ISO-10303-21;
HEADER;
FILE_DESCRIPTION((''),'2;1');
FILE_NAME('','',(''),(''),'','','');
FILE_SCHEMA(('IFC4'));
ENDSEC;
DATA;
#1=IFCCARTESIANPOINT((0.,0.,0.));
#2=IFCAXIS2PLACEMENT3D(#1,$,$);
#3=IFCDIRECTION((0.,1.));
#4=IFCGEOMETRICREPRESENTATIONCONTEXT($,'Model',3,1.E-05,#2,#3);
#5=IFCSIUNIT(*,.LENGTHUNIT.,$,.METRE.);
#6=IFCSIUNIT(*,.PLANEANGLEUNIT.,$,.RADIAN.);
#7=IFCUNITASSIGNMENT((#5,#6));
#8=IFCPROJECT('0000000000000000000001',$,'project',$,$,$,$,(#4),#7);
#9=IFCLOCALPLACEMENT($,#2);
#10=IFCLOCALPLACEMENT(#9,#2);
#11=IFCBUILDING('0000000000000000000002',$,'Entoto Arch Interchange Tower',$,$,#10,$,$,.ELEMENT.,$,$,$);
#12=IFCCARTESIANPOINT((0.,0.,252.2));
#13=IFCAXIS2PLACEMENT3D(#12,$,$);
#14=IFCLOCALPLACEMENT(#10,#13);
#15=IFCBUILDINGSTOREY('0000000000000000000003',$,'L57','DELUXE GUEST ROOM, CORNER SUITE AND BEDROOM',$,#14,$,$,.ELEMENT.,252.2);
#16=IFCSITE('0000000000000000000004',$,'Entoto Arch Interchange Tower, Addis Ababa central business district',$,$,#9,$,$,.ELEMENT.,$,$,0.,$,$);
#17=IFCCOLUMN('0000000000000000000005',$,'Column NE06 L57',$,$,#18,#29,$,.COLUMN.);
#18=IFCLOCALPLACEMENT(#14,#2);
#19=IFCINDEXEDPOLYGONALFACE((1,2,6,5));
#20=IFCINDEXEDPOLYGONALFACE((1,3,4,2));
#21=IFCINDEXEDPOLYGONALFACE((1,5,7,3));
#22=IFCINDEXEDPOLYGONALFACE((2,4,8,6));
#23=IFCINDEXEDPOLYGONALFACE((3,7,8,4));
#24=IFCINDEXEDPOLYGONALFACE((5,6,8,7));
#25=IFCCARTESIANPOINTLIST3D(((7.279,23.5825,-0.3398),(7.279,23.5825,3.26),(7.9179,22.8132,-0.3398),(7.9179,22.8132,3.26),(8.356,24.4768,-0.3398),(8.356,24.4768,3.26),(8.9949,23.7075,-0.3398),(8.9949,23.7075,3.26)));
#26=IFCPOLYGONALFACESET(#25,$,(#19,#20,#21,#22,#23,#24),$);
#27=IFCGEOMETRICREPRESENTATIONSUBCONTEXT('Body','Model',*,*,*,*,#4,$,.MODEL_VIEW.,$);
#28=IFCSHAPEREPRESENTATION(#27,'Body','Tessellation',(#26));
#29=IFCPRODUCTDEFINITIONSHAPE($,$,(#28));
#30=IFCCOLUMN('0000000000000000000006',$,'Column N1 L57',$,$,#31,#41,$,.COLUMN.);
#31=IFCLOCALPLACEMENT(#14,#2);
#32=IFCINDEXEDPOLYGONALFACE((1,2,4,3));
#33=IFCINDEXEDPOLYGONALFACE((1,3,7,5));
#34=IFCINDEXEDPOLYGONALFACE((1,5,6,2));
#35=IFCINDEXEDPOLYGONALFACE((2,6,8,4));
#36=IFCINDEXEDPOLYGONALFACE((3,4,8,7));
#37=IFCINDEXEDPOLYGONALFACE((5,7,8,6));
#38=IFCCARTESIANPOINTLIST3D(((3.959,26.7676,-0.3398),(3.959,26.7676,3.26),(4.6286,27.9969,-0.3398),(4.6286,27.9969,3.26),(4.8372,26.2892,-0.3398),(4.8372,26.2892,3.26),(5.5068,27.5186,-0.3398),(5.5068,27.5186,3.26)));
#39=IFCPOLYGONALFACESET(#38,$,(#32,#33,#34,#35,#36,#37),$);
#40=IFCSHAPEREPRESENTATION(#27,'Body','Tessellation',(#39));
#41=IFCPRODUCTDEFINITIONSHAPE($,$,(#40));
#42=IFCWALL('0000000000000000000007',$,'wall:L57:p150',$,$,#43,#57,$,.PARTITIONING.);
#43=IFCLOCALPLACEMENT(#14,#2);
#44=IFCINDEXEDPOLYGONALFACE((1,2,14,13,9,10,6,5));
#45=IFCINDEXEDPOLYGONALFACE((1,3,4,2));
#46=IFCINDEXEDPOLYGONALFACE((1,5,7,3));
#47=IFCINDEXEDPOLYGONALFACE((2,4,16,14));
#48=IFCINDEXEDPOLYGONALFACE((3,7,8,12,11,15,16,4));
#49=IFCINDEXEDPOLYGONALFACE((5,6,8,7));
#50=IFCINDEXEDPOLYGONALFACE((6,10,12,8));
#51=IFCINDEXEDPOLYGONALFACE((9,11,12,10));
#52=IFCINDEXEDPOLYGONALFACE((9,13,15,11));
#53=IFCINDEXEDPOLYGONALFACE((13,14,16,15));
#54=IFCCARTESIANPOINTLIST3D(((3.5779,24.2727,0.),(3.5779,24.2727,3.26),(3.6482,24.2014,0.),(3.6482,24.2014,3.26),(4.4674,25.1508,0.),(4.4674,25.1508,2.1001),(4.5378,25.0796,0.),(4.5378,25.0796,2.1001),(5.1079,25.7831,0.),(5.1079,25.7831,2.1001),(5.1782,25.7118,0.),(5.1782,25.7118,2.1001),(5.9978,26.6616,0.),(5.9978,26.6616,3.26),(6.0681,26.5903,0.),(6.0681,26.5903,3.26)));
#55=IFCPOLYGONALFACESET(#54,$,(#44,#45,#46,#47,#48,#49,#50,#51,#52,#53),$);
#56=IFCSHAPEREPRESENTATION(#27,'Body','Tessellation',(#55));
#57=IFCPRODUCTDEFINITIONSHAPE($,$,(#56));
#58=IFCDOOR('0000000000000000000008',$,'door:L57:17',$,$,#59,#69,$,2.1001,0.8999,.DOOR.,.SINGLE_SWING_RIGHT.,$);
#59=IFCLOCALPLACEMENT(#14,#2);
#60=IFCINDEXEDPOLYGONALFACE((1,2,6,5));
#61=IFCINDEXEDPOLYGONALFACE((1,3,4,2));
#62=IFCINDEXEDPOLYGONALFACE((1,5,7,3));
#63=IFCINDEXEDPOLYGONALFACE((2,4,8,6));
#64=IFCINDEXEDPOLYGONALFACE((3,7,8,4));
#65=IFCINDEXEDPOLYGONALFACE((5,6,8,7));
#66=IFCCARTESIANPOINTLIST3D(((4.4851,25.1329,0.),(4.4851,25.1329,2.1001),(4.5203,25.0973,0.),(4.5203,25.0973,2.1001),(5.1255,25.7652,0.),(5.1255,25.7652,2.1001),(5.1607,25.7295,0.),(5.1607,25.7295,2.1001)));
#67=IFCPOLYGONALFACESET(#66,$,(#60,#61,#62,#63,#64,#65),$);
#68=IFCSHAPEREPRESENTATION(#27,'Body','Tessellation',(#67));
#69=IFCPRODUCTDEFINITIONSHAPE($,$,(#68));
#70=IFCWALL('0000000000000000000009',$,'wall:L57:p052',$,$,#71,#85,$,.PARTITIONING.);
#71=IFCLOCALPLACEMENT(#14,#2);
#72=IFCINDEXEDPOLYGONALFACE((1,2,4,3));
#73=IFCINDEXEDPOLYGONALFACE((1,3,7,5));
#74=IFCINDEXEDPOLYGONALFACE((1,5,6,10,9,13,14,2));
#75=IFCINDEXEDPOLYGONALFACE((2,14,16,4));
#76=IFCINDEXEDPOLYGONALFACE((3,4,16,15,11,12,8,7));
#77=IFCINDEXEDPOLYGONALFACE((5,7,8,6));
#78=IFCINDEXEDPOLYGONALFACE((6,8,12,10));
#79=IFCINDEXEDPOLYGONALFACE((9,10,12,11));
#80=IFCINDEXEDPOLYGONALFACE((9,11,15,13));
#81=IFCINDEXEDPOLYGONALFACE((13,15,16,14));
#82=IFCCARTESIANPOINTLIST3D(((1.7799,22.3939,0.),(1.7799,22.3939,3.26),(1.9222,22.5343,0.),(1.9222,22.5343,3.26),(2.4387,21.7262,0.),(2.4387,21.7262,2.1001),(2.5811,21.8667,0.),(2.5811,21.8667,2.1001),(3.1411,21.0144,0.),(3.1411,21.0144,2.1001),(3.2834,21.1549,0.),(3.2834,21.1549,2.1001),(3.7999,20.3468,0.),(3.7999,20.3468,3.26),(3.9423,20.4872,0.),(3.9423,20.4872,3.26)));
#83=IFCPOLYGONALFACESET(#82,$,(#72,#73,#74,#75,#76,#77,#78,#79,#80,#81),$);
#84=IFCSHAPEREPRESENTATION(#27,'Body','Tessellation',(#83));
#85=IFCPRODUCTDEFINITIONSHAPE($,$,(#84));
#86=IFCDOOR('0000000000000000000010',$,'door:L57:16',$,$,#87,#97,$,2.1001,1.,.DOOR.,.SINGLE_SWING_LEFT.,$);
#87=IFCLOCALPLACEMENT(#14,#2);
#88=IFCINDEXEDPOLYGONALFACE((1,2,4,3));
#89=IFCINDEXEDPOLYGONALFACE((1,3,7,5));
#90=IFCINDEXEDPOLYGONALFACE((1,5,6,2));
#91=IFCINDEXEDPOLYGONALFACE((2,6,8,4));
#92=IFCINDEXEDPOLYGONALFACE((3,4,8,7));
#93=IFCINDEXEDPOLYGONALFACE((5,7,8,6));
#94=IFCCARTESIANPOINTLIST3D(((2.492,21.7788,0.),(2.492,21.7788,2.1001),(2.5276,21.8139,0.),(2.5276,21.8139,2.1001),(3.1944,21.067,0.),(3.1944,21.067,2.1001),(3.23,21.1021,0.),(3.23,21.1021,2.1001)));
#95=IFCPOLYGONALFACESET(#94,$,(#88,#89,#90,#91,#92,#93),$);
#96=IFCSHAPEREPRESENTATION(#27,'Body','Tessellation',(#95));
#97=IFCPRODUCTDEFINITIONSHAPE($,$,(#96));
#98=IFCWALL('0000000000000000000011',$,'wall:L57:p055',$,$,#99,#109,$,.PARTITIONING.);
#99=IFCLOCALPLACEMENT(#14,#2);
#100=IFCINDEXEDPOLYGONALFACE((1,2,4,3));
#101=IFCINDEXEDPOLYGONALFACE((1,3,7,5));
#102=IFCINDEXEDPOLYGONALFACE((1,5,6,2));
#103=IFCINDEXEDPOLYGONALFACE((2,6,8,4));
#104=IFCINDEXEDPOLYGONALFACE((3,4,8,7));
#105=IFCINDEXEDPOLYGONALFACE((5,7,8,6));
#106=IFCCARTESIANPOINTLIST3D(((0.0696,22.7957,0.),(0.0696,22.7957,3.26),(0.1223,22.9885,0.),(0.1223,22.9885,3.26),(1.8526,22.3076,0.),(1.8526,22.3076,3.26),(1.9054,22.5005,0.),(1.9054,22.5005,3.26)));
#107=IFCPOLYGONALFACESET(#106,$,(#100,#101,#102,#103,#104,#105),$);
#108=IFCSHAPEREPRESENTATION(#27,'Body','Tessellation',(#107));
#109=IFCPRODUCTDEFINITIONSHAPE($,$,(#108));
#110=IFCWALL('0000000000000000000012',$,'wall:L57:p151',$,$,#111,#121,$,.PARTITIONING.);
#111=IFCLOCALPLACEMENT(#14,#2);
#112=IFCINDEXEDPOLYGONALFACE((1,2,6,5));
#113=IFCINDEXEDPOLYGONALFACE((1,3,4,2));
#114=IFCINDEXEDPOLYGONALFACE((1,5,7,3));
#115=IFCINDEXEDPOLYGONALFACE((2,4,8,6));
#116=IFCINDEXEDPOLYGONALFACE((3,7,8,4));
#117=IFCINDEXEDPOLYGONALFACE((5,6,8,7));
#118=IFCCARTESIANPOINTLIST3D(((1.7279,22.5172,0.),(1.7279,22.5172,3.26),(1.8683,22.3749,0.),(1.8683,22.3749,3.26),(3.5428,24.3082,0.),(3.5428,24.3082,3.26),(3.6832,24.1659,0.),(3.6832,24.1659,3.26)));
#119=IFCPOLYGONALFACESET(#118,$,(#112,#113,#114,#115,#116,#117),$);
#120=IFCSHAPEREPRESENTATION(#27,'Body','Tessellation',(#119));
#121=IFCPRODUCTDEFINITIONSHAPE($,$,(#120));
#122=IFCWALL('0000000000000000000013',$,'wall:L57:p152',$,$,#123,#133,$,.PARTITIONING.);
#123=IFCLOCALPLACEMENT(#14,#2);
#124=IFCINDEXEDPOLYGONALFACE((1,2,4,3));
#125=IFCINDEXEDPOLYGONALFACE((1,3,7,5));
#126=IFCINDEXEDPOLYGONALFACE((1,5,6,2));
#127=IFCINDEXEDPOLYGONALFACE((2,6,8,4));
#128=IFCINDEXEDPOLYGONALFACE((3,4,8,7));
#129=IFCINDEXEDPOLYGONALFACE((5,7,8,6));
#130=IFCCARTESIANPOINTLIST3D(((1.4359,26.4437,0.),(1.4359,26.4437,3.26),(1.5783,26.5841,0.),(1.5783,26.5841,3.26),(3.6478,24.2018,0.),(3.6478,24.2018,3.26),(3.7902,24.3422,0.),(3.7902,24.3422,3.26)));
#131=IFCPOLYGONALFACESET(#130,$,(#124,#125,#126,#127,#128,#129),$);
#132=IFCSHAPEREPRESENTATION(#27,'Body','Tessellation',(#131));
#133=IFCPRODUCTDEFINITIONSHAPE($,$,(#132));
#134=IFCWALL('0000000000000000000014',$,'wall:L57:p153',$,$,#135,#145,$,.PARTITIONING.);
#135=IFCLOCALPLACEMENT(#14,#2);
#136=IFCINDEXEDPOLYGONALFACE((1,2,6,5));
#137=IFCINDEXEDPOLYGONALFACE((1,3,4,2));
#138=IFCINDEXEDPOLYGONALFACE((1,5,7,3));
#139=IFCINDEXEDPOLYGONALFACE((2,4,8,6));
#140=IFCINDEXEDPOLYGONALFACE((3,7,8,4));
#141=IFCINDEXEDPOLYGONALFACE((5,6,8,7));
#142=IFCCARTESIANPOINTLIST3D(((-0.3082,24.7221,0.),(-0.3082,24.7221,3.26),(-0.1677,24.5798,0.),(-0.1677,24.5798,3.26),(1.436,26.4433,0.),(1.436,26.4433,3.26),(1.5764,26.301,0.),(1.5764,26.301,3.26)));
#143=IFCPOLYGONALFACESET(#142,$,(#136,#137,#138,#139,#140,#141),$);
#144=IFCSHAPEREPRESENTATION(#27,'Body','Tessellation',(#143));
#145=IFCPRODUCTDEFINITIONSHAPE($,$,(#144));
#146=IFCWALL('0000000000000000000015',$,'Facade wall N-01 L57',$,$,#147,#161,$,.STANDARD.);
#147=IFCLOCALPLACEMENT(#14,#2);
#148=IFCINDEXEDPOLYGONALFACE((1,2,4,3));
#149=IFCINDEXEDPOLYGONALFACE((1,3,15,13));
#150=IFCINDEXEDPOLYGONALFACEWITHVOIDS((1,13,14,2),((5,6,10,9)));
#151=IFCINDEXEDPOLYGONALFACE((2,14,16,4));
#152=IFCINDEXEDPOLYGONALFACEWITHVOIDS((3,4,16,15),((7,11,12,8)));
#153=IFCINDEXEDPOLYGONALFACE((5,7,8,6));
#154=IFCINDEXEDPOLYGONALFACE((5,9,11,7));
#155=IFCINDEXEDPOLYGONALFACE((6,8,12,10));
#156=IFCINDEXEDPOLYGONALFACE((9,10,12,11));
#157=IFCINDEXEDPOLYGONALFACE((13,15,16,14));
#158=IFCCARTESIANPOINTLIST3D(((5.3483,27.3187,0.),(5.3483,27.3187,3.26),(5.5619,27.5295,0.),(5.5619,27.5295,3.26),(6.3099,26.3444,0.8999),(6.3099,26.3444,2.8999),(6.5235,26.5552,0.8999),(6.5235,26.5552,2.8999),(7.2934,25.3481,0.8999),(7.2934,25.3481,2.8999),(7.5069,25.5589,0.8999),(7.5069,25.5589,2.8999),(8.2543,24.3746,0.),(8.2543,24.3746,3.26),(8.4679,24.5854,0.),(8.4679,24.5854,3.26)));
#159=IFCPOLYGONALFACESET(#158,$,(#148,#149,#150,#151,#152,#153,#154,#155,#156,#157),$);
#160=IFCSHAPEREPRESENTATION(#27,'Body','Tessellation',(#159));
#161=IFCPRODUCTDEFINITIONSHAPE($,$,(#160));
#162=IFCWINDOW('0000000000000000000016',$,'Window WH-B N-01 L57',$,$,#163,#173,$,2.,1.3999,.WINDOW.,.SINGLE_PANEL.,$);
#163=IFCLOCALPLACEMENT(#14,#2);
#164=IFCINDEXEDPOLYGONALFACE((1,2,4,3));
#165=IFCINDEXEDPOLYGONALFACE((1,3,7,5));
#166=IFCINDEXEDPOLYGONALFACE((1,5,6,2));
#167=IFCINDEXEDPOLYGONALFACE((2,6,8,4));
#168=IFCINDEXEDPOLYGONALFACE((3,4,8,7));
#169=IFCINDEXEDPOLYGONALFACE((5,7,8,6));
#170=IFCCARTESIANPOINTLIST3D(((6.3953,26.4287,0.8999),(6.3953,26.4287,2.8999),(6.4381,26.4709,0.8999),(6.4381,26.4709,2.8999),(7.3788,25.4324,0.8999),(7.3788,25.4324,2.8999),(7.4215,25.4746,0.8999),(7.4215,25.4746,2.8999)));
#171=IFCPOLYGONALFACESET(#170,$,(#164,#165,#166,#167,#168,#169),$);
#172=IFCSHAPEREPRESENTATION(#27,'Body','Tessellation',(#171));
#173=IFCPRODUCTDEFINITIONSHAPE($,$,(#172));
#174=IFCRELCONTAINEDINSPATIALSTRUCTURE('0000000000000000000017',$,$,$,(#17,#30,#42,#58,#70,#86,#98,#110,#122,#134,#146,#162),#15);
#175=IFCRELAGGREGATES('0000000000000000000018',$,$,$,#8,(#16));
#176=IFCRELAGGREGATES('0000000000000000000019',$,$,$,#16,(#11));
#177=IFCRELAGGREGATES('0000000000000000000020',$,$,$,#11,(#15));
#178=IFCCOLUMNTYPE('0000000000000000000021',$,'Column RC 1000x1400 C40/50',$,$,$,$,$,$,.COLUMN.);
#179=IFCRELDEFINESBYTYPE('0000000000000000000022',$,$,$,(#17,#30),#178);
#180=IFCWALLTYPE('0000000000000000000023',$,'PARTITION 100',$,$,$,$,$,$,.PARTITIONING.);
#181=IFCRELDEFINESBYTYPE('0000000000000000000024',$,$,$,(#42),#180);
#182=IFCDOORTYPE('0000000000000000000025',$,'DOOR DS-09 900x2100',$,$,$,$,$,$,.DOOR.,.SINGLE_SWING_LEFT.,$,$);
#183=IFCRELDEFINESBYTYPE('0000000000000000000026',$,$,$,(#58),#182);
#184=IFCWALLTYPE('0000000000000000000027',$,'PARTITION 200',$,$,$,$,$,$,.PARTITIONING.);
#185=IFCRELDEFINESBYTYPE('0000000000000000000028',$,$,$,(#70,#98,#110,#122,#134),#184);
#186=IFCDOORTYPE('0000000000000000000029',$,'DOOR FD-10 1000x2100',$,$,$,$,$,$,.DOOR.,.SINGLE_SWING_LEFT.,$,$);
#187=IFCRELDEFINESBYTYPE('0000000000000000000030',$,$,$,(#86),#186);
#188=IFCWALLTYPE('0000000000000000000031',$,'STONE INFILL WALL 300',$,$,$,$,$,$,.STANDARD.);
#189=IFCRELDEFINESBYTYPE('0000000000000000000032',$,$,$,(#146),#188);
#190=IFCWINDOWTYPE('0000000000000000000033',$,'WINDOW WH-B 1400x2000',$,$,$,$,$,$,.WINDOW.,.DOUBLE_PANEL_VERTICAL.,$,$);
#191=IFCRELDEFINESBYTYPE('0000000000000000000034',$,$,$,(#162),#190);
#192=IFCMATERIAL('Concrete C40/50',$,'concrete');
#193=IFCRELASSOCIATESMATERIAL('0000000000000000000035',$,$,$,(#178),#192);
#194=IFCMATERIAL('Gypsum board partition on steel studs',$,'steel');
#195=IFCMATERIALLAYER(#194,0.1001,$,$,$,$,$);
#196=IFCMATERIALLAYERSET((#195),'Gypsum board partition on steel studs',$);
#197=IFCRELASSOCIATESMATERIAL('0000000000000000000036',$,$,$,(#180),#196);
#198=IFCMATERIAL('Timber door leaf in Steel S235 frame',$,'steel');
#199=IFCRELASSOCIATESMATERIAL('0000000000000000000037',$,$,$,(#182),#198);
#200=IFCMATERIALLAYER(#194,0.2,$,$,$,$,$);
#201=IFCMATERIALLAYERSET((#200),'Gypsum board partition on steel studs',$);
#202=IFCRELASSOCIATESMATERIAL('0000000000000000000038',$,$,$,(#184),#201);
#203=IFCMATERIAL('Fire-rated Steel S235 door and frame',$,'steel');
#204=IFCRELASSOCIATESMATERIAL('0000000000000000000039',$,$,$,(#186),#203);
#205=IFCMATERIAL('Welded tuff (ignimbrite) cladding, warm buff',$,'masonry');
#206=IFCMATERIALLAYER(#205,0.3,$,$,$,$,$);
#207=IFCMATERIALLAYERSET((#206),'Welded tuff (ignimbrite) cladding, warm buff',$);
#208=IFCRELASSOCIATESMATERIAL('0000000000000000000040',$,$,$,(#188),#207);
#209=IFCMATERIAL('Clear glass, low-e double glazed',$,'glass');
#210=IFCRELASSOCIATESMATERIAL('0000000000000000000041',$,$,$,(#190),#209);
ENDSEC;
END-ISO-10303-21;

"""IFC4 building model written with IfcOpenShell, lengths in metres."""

from ifc_helpers import new_model, si_unit, direction, frame, frame_2d, origin, origin_2d, place, context, subcontext, project, spatial, rectangle, extrude, material, layer, layer_set, material_profile, profile_set, type_object, element, fill, save


model = new_model("IFC4")

# Units and contexts
model_context = context("Model", 3, precision=1e-05, world=origin(), true_north=direction((0.0, 1.0)))
body_context = subcontext(model_context, "Body", "Model", "MODEL_VIEW")
ifc_project = project(units=[si_unit("LENGTHUNIT", "METRE"), si_unit("PLANEANGLEUNIT", "RADIAN")], contexts=[model_context])

# Site, building, storey
site_placement = place(None, origin())
site = spatial("IfcSite", under=ifc_project, at=site_placement, Name="Entoto Arch Interchange Tower, Addis Ababa central business district", CompositionType="ELEMENT", RefElevation=0.0)
building_placement = place(site_placement, origin())
building = spatial("IfcBuilding", under=site, at=building_placement, Name="Entoto Arch Interchange Tower", CompositionType="ELEMENT")
storey_placement = place(building_placement, frame((0.0, 0.0, 252.2)))
storey = spatial("IfcBuildingStorey", under=building, at=storey_placement, Name="L57", Description="DELUXE GUEST ROOM, CORNER SUITE AND BEDROOM", CompositionType="ELEMENT", Elevation=252.2)

# Columns
ifc_material_1 = material(Name="Concrete C40/50", Category="concrete")
ifc_material_profile = material_profile(ifc_material_1, rectangle(XDim=1.0, YDim=1.3999, at=origin_2d()))
ifc_profile_set = profile_set([ifc_material_profile], Name="Concrete C40/50")
column_type = type_object("IfcColumnType", Name="Column RC 1000x1400 C40/50", PredefinedType="COLUMN", material=ifc_profile_set)
for number, where, z_axis, x_axis, name in (
    (1, (8.137, 23.645, -0.3398), (0.0, 0.0, 1.0), (-0.638835, 0.769344, 0.0), "Column NE06 L57"),
    (2, (4.7329, 27.1431, -0.3398), (0.0, 0.0, 1.0), (-0.878175, 0.478339, 0.0), "Column N1 L57"),
):
    element("IfcColumn", number, at=place(storey_placement, frame(where, z_axis=z_axis, x_axis=x_axis)), inside=storey, type_object=column_type, Name=name, PredefinedType="COLUMN", context=body_context, shape_type="SweptSolid", body=[
        extrude(rectangle(XDim=1.0, YDim=1.3999, at=origin_2d()), origin(), (0.0, 0.0, 1.0), 3.5999),
    ])

# Walls, openings, doors
ifc_material_2 = material(Name="Gypsum board partition on steel studs", Category="steel")
ifc_layer_1 = layer(ifc_material_2, 0.1001)
ifc_layer_set_1 = layer_set([ifc_layer_1], Name="Gypsum board partition on steel studs")
wall_type_1 = type_object("IfcWallType", Name="PARTITION 100", PredefinedType="PARTITIONING", material=ifc_layer_set_1)
wall_1_placement = place(storey_placement, frame((3.613, 24.2371, 0.0), z_axis=(0.0, 0.0, 1.0), x_axis=(0.711651, 0.702533, 0.0)))
wall_1 = element("IfcWall", 3, at=wall_1_placement, inside=storey, type_object=wall_type_1, Name="wall:L57:p150", PredefinedType="PARTITIONING", context=body_context, shape_type="SweptSolid", body=[
    extrude(rectangle(XDim=3.4004, YDim=0.1001, at=frame_2d((1.7002, 0.0))), origin(), (0.0, 0.0, 1.0), 3.26),
])
opening_1_placement = place(wall_1_placement, frame((1.25, 0.0, 0.0)))
opening_1 = element("IfcOpeningElement", 4, at=opening_1_placement, cuts=wall_1, PredefinedType="OPENING", context=body_context, shape_type="SweptSolid", body=[
    extrude(rectangle(XDim=0.8999, YDim=2.1001, at=frame_2d((0.45, 1.05))), frame((0.0, 0.0601, 0.0), z_axis=(0.0, -1.0, 0.0), x_axis=(1.0, 0.0, 0.0)), (0.0, 0.0, 1.0), 0.1201),
])
ifc_material_3 = material(Name="Timber door leaf in Steel S235 frame", Category="steel")
door_type_1 = type_object("IfcDoorType", Name="DOOR DS-09 900x2100", OperationType="SINGLE_SWING_LEFT", PredefinedType="DOOR", material=ifc_material_3)
door_1_placement = place(opening_1_placement, origin())
door_1 = element("IfcDoor", 5, at=door_1_placement, inside=storey, type_object=door_type_1, Name="door:L57:17", OperationType="SINGLE_SWING_RIGHT", OverallHeight=2.1001, OverallWidth=0.8999, PredefinedType="DOOR", context=body_context, shape_type="SweptSolid", body=[
    extrude(rectangle(XDim=0.8999, YDim=2.1001, at=frame_2d((0.45, 1.05))), frame((0.0, 0.0249, 0.0), z_axis=(0.0, -1.0, 0.0), x_axis=(1.0, 0.0, 0.0)), (0.0, 0.0, 1.0), 0.05),
])
fill(opening_1, door_1)
ifc_layer_2 = layer(ifc_material_2, 0.2)
ifc_layer_set_2 = layer_set([ifc_layer_2], Name="Gypsum board partition on steel studs")
wall_type_2 = type_object("IfcWallType", Name="PARTITION 200", PredefinedType="PARTITIONING", material=ifc_layer_set_2)
wall_2_placement = place(storey_placement, frame((1.8511, 22.4641, 0.0), z_axis=(0.0, 0.0, 1.0), x_axis=(0.70238, -0.711802, 0.0)))
wall_2 = element("IfcWall", 6, at=wall_2_placement, inside=storey, type_object=wall_type_2, Name="wall:L57:p052", PredefinedType="PARTITIONING", context=body_context, shape_type="SweptSolid", body=[
    extrude(rectangle(XDim=2.876, YDim=0.2, at=frame_2d((1.438, 0.0))), origin(), (0.0, 0.0, 1.0), 3.26),
])
opening_2_placement = place(wall_2_placement, frame((0.938, 0.0, 0.0)))
opening_2 = element("IfcOpeningElement", 7, at=opening_2_placement, cuts=wall_2, PredefinedType="OPENING", context=body_context, shape_type="SweptSolid", body=[
    extrude(rectangle(XDim=1.0, YDim=2.1001, at=frame_2d((0.5, 1.05))), frame((0.0, 0.1099, 0.0), z_axis=(0.0, -1.0, 0.0), x_axis=(1.0, 0.0, 0.0)), (0.0, 0.0, 1.0), 0.22),
])
ifc_material_4 = material(Name="Fire-rated Steel S235 door and frame", Category="steel")
door_type_2 = type_object("IfcDoorType", Name="DOOR FD-10 1000x2100", OperationType="SINGLE_SWING_LEFT", PredefinedType="DOOR", material=ifc_material_4)
door_2_placement = place(opening_2_placement, origin())
door_2 = element("IfcDoor", 8, at=door_2_placement, inside=storey, type_object=door_type_2, Name="door:L57:16", OperationType="SINGLE_SWING_LEFT", OverallHeight=2.1001, OverallWidth=1.0, PredefinedType="DOOR", context=body_context, shape_type="SweptSolid", body=[
    extrude(rectangle(XDim=1.0, YDim=2.1001, at=frame_2d((0.5, 1.05))), frame((0.0, 0.0249, 0.0), z_axis=(0.0, -1.0, 0.0), x_axis=(1.0, 0.0, 0.0)), (0.0, 0.0, 1.0), 0.05),
])
fill(opening_2, door_2)

# Walls
wall_3_placement = place(storey_placement, frame((0.0959, 22.8921, 0.0), z_axis=(0.0, 0.0, 1.0), x_axis=(0.96452, -0.264011, 0.0)))
element("IfcWall", 9, at=wall_3_placement, inside=storey, type_object=wall_type_2, Name="wall:L57:p055", PredefinedType="PARTITIONING", context=body_context, shape_type="SweptSolid", body=[
    extrude(rectangle(XDim=1.8486, YDim=0.2, at=frame_2d((0.9243, 0.0))), origin(), (0.0, 0.0, 1.0), 3.26),
])
wall_4_placement = place(storey_placement, frame((1.7981, 22.446, 0.0), z_axis=(0.0, 0.0, 1.0), x_axis=(0.711783, 0.7024, 0.0)))
element("IfcWall", 10, at=wall_4_placement, inside=storey, type_object=wall_type_2, Name="wall:L57:p151", PredefinedType="PARTITIONING", context=body_context, shape_type="SweptSolid", body=[
    extrude(rectangle(XDim=2.5498, YDim=0.2, at=frame_2d((1.2749, 0.0))), origin(), (0.0, 0.0, 1.0), 3.26),
])
wall_5_placement = place(storey_placement, frame((3.719, 24.272, 0.0), z_axis=(0.0, 0.0, 1.0), x_axis=(-0.702323, 0.711858, 0.0)))
element("IfcWall", 11, at=wall_5_placement, inside=storey, type_object=wall_type_2, Name="wall:L57:p152", PredefinedType="PARTITIONING", context=body_context, shape_type="SweptSolid", body=[
    extrude(rectangle(XDim=3.1494, YDim=0.2, at=frame_2d((1.5747, 0.0))), origin(), (0.0, 0.0, 1.0), 3.26),
])
wall_6_placement = place(storey_placement, frame((1.5061, 26.3721, 0.0), z_axis=(0.0, 0.0, 1.0), x_axis=(-0.711774, -0.702409, 0.0)))
element("IfcWall", 12, at=wall_6_placement, inside=storey, type_object=wall_type_2, Name="wall:L57:p153", PredefinedType="PARTITIONING", context=body_context, shape_type="SweptSolid", body=[
    extrude(rectangle(XDim=2.4504, YDim=0.2, at=frame_2d((1.2251, 0.0))), origin(), (0.0, 0.0, 1.0), 3.26),
])

# Wall, opening, window
ifc_material_5 = material(Name="Welded tuff (ignimbrite) cladding, warm buff", Category="masonry")
ifc_layer_3 = layer(ifc_material_5, 0.3)
ifc_layer_set_3 = layer_set([ifc_layer_3], Name="Welded tuff (ignimbrite) cladding, warm buff")
wall_type_3 = type_object("IfcWallType", Name="STONE INFILL WALL 300", PredefinedType="STANDARD", material=ifc_layer_set_3)
wall_7_placement = place(storey_placement, frame((8.3611, 24.48, 0.0), z_axis=(0.0, 0.0, 1.0), x_axis=(-0.702488, 0.711695, 0.0)))
wall_7 = element("IfcWall", 13, at=wall_7_placement, inside=storey, type_object=wall_type_3, Name="Facade wall N-01 L57", PredefinedType="STANDARD", context=body_context, shape_type="SweptSolid", body=[
    extrude(rectangle(XDim=4.1367, YDim=0.3, at=frame_2d((2.0684, 0.0))), origin(), (0.0, 0.0, 1.0), 3.26),
])
opening_3_placement = place(wall_7_placement, frame((1.3679, 0.0, 0.8999)))
opening_3 = element("IfcOpeningElement", 14, at=opening_3_placement, cuts=wall_7, PredefinedType="OPENING", context=body_context, shape_type="SweptSolid", body=[
    extrude(rectangle(XDim=1.3999, YDim=2.0, at=frame_2d((0.7, 1.0))), frame((0.0, 0.1602, 0.0), z_axis=(0.0, -1.0, 0.0), x_axis=(1.0, 0.0, 0.0)), (0.0, 0.0, 1.0), 0.3201),
])
ifc_material_6 = material(Name="Clear glass, low-e double glazed", Category="glass")
window_type = type_object("IfcWindowType", Name="WINDOW WH-B 1400x2000", PartitioningType="DOUBLE_PANEL_VERTICAL", PredefinedType="WINDOW", material=ifc_material_6)
window_1_placement = place(opening_3_placement, origin())
window_1 = element("IfcWindow", 15, at=window_1_placement, inside=storey, type_object=window_type, Name="Window WH-B N-01 L57", OverallHeight=2.0, OverallWidth=1.3999, PartitioningType="SINGLE_PANEL", PredefinedType="WINDOW", context=body_context, shape_type="SweptSolid", body=[
    extrude(rectangle(XDim=1.3999, YDim=2.0, at=frame_2d((0.7, 1.0))), frame((0.0, 0.03, 0.0), z_axis=(0.0, -1.0, 0.0), x_axis=(1.0, 0.0, 0.0)), (0.0, 0.0, 1.0), 0.0601),
])
fill(opening_3, window_1)

save(model, "model.ifc")
